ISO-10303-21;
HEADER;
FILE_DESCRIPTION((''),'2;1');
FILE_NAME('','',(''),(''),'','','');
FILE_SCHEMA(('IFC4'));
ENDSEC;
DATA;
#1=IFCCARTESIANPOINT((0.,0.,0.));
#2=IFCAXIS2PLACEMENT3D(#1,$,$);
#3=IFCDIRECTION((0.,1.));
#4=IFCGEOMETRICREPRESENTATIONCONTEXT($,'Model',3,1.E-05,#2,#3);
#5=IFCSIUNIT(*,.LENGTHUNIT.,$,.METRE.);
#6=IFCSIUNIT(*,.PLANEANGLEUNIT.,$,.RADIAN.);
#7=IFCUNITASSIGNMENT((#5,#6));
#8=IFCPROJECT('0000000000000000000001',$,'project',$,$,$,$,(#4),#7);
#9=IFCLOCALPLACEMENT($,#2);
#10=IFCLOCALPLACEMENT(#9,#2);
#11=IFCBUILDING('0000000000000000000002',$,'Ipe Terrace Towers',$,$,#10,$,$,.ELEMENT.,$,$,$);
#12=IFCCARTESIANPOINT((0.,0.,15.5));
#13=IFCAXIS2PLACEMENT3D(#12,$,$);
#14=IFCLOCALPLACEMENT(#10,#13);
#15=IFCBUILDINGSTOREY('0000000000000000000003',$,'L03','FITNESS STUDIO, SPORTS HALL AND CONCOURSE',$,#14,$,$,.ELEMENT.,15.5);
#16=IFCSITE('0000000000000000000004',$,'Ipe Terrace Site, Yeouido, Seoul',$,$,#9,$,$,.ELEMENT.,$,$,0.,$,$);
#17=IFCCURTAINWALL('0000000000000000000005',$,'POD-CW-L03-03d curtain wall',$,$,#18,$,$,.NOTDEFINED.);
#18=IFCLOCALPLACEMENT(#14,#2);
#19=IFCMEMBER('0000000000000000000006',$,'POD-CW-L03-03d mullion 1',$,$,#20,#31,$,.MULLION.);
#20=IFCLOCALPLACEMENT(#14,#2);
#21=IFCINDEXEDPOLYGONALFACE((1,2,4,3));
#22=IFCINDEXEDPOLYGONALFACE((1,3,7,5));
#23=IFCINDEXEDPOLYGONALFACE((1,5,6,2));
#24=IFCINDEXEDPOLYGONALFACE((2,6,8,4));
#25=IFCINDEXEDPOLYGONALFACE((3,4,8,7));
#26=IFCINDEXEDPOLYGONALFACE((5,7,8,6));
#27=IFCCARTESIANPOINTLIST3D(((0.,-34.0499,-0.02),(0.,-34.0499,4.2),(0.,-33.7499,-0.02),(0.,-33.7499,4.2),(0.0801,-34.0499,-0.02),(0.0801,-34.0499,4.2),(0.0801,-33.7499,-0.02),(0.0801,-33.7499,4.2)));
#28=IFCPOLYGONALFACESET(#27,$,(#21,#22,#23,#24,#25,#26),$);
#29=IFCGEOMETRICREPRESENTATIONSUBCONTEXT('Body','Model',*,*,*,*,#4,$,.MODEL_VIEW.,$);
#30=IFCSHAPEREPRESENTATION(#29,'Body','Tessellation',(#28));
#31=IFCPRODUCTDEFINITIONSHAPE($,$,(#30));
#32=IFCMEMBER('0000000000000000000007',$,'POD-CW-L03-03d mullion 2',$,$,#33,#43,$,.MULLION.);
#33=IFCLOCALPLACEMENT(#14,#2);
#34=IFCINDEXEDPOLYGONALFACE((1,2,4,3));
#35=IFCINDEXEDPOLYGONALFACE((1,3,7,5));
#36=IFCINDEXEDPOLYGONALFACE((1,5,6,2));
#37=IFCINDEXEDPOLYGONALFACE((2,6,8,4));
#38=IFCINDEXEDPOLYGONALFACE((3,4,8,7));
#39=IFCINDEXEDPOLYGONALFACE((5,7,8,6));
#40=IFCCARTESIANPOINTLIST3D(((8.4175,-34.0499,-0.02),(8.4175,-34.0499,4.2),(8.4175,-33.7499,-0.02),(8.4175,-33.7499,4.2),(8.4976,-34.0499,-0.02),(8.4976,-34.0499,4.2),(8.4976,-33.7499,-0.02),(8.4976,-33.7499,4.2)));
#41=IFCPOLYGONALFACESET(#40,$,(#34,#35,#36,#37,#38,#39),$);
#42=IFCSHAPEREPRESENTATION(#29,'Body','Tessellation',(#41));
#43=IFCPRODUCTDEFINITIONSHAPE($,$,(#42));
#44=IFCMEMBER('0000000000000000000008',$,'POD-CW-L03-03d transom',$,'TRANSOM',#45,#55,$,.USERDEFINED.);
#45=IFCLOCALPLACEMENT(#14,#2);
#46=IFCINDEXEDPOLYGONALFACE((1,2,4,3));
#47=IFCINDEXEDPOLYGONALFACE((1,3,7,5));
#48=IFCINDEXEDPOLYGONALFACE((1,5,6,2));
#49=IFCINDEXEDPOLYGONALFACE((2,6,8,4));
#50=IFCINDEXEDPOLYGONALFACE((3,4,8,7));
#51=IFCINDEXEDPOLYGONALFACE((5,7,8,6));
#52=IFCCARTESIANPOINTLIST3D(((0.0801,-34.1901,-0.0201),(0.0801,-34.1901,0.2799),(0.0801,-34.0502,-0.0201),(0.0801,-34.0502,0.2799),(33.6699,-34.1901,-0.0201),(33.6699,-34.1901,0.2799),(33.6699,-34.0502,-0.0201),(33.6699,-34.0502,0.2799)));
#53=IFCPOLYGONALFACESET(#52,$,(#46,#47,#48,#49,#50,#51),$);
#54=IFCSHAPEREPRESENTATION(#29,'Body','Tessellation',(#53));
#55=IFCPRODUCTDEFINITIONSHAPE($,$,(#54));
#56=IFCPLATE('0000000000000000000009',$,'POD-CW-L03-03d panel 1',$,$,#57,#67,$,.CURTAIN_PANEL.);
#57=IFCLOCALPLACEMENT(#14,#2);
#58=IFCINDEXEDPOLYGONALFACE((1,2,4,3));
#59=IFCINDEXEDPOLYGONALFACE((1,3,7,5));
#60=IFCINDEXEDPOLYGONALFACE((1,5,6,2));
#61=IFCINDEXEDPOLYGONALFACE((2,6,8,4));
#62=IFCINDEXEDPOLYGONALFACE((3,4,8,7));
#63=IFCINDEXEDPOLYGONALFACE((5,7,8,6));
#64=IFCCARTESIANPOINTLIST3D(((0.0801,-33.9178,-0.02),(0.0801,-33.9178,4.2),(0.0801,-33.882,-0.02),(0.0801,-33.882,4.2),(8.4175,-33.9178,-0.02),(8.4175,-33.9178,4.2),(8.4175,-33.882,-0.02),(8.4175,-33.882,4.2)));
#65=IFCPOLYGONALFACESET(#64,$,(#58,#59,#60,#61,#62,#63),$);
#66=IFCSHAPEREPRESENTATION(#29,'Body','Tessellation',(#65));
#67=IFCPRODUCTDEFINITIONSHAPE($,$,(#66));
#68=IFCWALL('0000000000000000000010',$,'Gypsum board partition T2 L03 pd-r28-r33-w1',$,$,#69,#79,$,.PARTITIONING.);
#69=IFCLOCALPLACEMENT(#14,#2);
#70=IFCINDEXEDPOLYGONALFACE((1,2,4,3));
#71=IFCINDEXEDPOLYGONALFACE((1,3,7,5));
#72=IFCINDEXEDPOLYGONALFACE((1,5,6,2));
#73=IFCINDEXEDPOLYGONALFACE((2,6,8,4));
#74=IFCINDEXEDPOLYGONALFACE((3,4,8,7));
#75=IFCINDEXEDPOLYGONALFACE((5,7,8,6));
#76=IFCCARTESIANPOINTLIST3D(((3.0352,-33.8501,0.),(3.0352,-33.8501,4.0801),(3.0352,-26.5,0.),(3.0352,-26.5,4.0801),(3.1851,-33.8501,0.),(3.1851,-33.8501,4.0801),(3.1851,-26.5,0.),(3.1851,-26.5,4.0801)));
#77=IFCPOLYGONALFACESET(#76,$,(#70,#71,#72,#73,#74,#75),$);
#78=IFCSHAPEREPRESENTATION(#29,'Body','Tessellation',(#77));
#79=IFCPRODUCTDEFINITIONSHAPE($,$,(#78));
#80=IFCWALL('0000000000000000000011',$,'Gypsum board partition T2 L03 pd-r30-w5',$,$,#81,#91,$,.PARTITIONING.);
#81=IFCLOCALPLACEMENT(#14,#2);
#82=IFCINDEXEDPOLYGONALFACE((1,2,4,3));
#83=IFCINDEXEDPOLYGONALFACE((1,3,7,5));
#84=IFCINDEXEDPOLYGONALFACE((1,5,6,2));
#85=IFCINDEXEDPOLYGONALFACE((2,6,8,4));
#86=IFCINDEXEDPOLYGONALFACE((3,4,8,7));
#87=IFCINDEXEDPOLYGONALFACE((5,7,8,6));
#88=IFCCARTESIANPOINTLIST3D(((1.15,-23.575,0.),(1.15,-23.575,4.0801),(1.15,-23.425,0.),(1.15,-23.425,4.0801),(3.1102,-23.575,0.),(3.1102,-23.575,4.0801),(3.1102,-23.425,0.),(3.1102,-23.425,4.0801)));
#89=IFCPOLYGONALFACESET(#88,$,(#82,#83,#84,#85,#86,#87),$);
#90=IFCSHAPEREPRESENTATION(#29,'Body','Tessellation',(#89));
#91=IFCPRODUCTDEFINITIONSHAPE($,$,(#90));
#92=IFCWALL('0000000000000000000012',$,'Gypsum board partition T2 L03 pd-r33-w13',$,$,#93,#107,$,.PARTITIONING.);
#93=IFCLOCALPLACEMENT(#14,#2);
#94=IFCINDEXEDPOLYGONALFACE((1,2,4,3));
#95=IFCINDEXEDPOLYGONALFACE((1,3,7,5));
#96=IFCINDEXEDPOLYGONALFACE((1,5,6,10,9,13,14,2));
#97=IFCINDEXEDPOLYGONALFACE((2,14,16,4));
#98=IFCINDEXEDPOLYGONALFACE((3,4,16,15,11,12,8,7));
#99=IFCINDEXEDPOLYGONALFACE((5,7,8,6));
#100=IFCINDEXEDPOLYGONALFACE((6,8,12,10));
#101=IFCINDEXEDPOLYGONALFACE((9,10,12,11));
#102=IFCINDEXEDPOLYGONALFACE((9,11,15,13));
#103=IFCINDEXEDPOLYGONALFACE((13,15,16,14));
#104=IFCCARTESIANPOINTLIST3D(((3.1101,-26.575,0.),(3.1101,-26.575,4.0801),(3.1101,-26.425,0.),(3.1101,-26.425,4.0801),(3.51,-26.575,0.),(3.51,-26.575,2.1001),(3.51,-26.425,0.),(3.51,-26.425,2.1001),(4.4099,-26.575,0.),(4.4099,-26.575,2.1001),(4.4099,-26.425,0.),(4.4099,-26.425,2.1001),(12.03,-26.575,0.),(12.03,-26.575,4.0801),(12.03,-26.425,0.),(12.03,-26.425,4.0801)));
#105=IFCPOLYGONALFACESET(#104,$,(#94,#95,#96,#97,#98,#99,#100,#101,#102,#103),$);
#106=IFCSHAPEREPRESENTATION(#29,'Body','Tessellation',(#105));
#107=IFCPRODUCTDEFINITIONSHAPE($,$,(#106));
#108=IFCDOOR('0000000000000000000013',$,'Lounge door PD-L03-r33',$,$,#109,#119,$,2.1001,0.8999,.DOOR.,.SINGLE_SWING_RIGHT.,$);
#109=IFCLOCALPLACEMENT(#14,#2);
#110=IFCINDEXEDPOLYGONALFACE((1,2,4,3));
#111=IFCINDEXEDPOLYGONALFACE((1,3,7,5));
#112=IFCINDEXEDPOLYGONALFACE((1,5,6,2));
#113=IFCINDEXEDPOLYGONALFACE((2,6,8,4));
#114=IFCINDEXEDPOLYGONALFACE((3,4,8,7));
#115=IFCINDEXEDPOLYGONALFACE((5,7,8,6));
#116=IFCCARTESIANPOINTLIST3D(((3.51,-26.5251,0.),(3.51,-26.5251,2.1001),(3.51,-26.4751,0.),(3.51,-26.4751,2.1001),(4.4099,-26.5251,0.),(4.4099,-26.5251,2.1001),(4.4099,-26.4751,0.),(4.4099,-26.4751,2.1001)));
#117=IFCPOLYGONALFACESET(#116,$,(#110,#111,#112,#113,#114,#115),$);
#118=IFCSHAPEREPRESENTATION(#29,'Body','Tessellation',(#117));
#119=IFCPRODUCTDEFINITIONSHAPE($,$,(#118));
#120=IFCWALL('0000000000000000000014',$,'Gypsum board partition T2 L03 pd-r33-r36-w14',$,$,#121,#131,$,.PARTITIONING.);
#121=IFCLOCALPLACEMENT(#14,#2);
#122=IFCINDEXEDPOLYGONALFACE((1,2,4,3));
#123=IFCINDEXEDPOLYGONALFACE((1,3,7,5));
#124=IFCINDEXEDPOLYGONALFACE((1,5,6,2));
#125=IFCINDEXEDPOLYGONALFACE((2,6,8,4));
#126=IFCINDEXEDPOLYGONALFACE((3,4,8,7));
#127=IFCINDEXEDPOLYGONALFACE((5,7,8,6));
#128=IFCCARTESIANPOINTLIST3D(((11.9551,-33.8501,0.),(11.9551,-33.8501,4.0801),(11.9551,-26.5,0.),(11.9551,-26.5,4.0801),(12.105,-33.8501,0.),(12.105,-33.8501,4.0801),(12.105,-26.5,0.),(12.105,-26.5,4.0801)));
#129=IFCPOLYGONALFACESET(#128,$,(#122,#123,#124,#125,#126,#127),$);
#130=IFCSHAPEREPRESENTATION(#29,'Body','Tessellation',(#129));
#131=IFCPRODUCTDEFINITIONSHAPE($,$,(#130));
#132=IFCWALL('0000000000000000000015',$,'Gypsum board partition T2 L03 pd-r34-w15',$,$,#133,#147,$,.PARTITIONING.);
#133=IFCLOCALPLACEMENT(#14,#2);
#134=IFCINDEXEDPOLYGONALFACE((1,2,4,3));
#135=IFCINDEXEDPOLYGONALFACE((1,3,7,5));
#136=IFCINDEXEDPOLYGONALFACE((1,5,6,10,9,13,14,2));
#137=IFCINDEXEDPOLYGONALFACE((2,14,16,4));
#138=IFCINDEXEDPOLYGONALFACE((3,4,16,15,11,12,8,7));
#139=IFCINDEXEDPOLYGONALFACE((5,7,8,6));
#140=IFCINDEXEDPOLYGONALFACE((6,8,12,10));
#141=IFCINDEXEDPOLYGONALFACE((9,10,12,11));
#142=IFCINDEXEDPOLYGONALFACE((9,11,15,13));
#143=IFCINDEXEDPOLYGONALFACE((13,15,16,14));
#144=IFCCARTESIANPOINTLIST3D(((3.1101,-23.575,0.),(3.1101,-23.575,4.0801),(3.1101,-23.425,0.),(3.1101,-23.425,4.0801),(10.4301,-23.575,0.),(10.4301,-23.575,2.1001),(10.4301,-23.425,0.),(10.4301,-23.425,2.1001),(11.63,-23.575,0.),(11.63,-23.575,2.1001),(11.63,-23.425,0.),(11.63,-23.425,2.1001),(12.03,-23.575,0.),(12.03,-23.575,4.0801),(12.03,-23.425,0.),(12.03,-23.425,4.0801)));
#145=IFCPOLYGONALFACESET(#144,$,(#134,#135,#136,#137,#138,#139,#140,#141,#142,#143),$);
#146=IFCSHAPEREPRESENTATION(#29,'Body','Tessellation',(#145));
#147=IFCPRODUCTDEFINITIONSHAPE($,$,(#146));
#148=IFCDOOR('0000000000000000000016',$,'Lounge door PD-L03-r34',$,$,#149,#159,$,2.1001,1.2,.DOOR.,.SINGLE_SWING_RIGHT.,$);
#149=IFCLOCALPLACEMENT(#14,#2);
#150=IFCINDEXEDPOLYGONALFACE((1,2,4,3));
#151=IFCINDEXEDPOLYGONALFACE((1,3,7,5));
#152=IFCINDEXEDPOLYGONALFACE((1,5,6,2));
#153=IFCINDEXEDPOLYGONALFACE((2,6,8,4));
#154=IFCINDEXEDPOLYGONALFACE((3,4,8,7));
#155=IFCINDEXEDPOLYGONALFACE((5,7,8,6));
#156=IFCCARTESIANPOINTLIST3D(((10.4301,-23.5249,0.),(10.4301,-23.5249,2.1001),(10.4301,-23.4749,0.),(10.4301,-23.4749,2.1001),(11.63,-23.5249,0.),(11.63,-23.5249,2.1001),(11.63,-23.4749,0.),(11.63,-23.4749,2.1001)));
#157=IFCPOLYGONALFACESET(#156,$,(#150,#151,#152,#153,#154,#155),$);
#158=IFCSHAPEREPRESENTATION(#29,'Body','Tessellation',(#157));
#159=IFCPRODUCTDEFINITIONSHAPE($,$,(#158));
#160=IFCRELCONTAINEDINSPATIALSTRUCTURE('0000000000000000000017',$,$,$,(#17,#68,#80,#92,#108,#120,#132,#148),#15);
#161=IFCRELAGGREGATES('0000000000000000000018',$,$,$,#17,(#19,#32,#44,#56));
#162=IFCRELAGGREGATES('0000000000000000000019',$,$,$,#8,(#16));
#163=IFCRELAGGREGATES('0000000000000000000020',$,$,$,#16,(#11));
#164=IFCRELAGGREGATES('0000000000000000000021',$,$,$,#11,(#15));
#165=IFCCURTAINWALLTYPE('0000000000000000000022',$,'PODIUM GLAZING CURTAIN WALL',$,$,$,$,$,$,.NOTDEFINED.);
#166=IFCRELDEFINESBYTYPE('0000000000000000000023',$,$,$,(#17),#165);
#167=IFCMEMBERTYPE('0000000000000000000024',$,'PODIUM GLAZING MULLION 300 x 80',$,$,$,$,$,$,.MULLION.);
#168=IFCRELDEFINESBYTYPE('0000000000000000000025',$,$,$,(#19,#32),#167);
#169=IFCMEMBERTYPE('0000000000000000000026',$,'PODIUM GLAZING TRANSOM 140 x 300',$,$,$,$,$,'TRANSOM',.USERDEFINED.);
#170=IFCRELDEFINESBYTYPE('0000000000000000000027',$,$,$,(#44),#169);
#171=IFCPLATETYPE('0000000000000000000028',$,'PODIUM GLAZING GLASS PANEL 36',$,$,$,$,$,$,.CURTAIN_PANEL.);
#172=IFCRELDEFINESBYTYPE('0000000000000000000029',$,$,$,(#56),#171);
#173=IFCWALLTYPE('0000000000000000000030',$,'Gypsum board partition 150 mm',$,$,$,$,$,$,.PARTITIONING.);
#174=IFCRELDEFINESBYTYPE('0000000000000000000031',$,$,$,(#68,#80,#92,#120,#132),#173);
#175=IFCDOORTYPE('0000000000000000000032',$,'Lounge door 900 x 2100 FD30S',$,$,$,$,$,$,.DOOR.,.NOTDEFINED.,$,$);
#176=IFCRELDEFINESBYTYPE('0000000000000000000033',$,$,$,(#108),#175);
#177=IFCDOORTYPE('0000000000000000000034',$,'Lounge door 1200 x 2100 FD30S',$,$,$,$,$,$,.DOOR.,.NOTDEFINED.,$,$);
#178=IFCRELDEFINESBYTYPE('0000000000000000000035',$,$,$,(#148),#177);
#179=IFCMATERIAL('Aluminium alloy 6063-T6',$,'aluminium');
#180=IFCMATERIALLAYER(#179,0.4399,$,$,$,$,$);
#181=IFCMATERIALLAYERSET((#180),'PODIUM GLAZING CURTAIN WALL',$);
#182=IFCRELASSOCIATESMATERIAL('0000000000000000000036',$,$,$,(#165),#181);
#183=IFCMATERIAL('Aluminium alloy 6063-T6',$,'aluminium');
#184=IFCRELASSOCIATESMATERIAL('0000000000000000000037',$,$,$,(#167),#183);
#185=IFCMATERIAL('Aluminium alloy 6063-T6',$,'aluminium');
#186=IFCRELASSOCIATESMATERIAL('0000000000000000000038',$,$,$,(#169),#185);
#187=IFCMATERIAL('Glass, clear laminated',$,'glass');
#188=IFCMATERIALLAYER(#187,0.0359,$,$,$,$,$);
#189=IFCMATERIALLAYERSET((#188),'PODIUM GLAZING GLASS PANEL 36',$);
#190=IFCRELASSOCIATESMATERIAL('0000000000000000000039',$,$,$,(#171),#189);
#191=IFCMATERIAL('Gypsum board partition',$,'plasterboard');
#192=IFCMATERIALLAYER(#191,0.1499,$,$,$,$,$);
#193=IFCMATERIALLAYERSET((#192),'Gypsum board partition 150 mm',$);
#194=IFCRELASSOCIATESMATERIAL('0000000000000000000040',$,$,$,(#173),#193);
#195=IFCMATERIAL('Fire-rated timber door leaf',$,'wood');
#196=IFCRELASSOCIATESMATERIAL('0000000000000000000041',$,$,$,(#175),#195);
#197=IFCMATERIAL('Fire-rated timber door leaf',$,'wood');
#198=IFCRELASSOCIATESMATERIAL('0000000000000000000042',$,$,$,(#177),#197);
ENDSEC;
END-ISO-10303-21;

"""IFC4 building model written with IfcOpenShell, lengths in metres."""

from ifc_helpers import new_model, si_unit, direction, frame, frame_2d, origin, origin_2d, place, context, subcontext, project, spatial, rectangle, extrude, material, layer, layer_set, material_profile, profile_set, type_object, element, fill, aggregate, save


model = new_model("IFC4")

# Units and contexts
model_context = context("Model", 3, precision=1e-05, world=origin(), true_north=direction((0.0, 1.0)))
body_context = subcontext(model_context, "Body", "Model", "MODEL_VIEW")
ifc_project = project(units=[si_unit("LENGTHUNIT", "METRE"), si_unit("PLANEANGLEUNIT", "RADIAN")], contexts=[model_context])

# Site, building, storey
site_placement = place(None, origin())
site = spatial("IfcSite", under=ifc_project, at=site_placement, Name="Ipe Terrace Site, Yeouido, Seoul", CompositionType="ELEMENT", RefElevation=0.0)
building_placement = place(site_placement, origin())
building = spatial("IfcBuilding", under=site, at=building_placement, Name="Ipe Terrace Towers", CompositionType="ELEMENT")
storey_placement = place(building_placement, frame((0.0, 0.0, 15.5)))
storey = spatial("IfcBuildingStorey", under=building, at=storey_placement, Name="L03", Description="FITNESS STUDIO, SPORTS HALL AND CONCOURSE", CompositionType="ELEMENT", Elevation=15.5)

# Curtain wall, members, plate
ifc_material_1 = material(Name="Aluminium alloy 6063-T6", Category="aluminium")
ifc_layer_1 = layer(ifc_material_1, 0.4399)
ifc_layer_set_1 = layer_set([ifc_layer_1], Name="PODIUM GLAZING CURTAIN WALL")
curtain_wall_type = type_object("IfcCurtainWallType", Name="PODIUM GLAZING CURTAIN WALL", PredefinedType="NOTDEFINED", material=ifc_layer_set_1)
curtain_wall_placement = place(storey_placement, origin())
curtain_wall = element("IfcCurtainWall", 1, at=curtain_wall_placement, inside=storey, type_object=curtain_wall_type, Name="POD-CW-L03-03d curtain wall", PredefinedType="NOTDEFINED")
ifc_material_2 = material(Name="Aluminium alloy 6063-T6", Category="aluminium")
ifc_material_profile_1 = material_profile(ifc_material_2, rectangle(XDim=0.3, YDim=0.0801, at=origin_2d()), Name="PODIUM GLAZING MULLION 300 x 80")
ifc_profile_set_1 = profile_set([ifc_material_profile_1], Name="Aluminium alloy 6063-T6")
member_type_1 = type_object("IfcMemberType", Name="PODIUM GLAZING MULLION 300 x 80", PredefinedType="MULLION", material=ifc_profile_set_1)
member_1_placement = place(storey_placement, frame((0.04, -33.8999, -0.02), z_axis=(0.0, 0.0, 1.0), x_axis=(0.0, -1.0, 0.0)))
member_1 = element("IfcMember", 2, at=member_1_placement, type_object=member_type_1, Name="POD-CW-L03-03d mullion 1", PredefinedType="MULLION", context=body_context, shape_type="SweptSolid", body=[
    extrude(rectangle(XDim=0.3, YDim=0.0801, at=origin_2d()), origin(), (0.0, 0.0, 1.0), 4.22),
])
member_2_placement = place(storey_placement, frame((8.4575, -33.8999, -0.02), z_axis=(0.0, 0.0, 1.0), x_axis=(0.0, -1.0, 0.0)))
member_2 = element("IfcMember", 3, at=member_2_placement, type_object=member_type_1, Name="POD-CW-L03-03d mullion 2", PredefinedType="MULLION", context=body_context, shape_type="SweptSolid", body=[
    extrude(rectangle(XDim=0.3, YDim=0.0801, at=origin_2d()), origin(), (0.0, 0.0, 1.0), 4.22),
])
ifc_material_3 = material(Name="Aluminium alloy 6063-T6", Category="aluminium")
ifc_material_profile_2 = material_profile(ifc_material_3, rectangle(XDim=0.1399, YDim=0.3, at=origin_2d()), Name="PODIUM GLAZING TRANSOM 140 x 300")
ifc_profile_set_2 = profile_set([ifc_material_profile_2], Name="Aluminium alloy 6063-T6")
member_type_2 = type_object("IfcMemberType", Name="PODIUM GLAZING TRANSOM 140 x 300", ElementType="TRANSOM", PredefinedType="USERDEFINED", material=ifc_profile_set_2)
member_3_placement = place(storey_placement, frame((0.0801, -34.1201, 0.1299), z_axis=(1.0, 0.0, 0.0), x_axis=(0.0, -1.0, 0.0)))
member_3 = element("IfcMember", 4, at=member_3_placement, type_object=member_type_2, Name="POD-CW-L03-03d transom", ObjectType="TRANSOM", PredefinedType="USERDEFINED", context=body_context, shape_type="SweptSolid", body=[
    extrude(rectangle(XDim=0.1399, YDim=0.3, at=origin_2d()), origin(), (0.0, 0.0, 1.0), 33.5898),
])
ifc_material_4 = material(Name="Glass, clear laminated", Category="glass")
ifc_layer_2 = layer(ifc_material_4, 0.0359)
ifc_layer_set_2 = layer_set([ifc_layer_2], Name="PODIUM GLAZING GLASS PANEL 36")
plate_type = type_object("IfcPlateType", Name="PODIUM GLAZING GLASS PANEL 36", PredefinedType="CURTAIN_PANEL", material=ifc_layer_set_2)
plate_placement = place(storey_placement, frame((4.2488, -33.8999, -0.02), z_axis=(0.0, 0.0, 1.0), x_axis=(1.0, 0.0, 0.0)))
plate = element("IfcPlate", 5, at=plate_placement, type_object=plate_type, Name="POD-CW-L03-03d panel 1", PredefinedType="CURTAIN_PANEL", context=body_context, shape_type="SweptSolid", body=[
    extrude(rectangle(XDim=8.3374, YDim=0.0359, at=origin_2d()), origin(), (0.0, 0.0, 1.0), 4.22),
])
aggregate(curtain_wall, [member_1, member_2, member_3, plate])

# Walls
ifc_material_5 = material(Name="Gypsum board partition", Category="plasterboard")
ifc_layer_3 = layer(ifc_material_5, 0.1499)
ifc_layer_set_3 = layer_set([ifc_layer_3], Name="Gypsum board partition 150 mm")
wall_type_1 = type_object("IfcWallType", Name="Gypsum board partition 150 mm", PredefinedType="PARTITIONING", material=ifc_layer_set_3)
wall_1_placement = place(storey_placement, frame((3.1101, -26.5, 0.0), z_axis=(0.0, 0.0, 1.0), x_axis=(0.0, -1.0, 0.0)))
element("IfcWall", 6, at=wall_1_placement, inside=storey, type_object=wall_type_1, Name="Gypsum board partition T2 L03 pd-r28-r33-w1", PredefinedType="PARTITIONING", context=body_context, shape_type="SweptSolid", body=[
    extrude(rectangle(XDim=7.3501, YDim=0.1499, at=frame_2d((3.675, 0.0))), origin(), (0.0, 0.0, 1.0), 4.0801),
])
wall_2_placement = place(storey_placement, frame((3.1101, -23.5, 0.0), z_axis=(0.0, 0.0, 1.0), x_axis=(-1.0, 0.0, 0.0)))
element("IfcWall", 7, at=wall_2_placement, inside=storey, type_object=wall_type_1, Name="Gypsum board partition T2 L03 pd-r30-w5", PredefinedType="PARTITIONING", context=body_context, shape_type="SweptSolid", body=[
    extrude(rectangle(XDim=1.9602, YDim=0.1499, at=frame_2d((0.98, 0.0))), origin(), (0.0, 0.0, 1.0), 4.0801),
])

# Wall, opening, door
wall_3_placement = place(storey_placement, frame((3.1101, -26.5, 0.0), z_axis=(0.0, 0.0, 1.0), x_axis=(1.0, 0.0, 0.0)))
wall_3 = element("IfcWall", 8, at=wall_3_placement, inside=storey, type_object=wall_type_1, Name="Gypsum board partition T2 L03 pd-r33-w13", PredefinedType="PARTITIONING", context=body_context, shape_type="SweptSolid", body=[
    extrude(rectangle(XDim=8.9199, YDim=0.1499, at=frame_2d((4.46, 0.0))), origin(), (0.0, 0.0, 1.0), 4.0801),
])
opening_1_placement = place(wall_3_placement, frame((0.3999, 0.0, 0.0)))
opening_1 = element("IfcOpeningElement", 9, at=opening_1_placement, cuts=wall_3, PredefinedType="OPENING", context=body_context, shape_type="SweptSolid", body=[
    extrude(rectangle(XDim=0.8999, YDim=2.1001, at=frame_2d((0.45, 1.05))), frame((0.0, 0.085, 0.0), z_axis=(0.0, -1.0, 0.0), x_axis=(1.0, 0.0, 0.0)), (0.0, 0.0, 1.0), 0.1699),
])
ifc_material_6 = material(Name="Fire-rated timber door leaf", Category="wood")
door_type_1 = type_object("IfcDoorType", Name="Lounge door 900 x 2100 FD30S", OperationType="NOTDEFINED", PredefinedType="DOOR", material=ifc_material_6)
door_1_placement = place(opening_1_placement, origin())
door_1 = element("IfcDoor", 10, at=door_1_placement, inside=storey, type_object=door_type_1, Name="Lounge door PD-L03-r33", OperationType="SINGLE_SWING_RIGHT", OverallHeight=2.1001, OverallWidth=0.8999, PredefinedType="DOOR", context=body_context, shape_type="SweptSolid", body=[
    extrude(rectangle(XDim=0.8999, YDim=2.1001, at=frame_2d((0.45, 1.05))), frame((0.0, 0.0249, 0.0), z_axis=(0.0, -1.0, 0.0), x_axis=(1.0, 0.0, 0.0)), (0.0, 0.0, 1.0), 0.05),
])
fill(opening_1, door_1)

# Wall
wall_4_placement = place(storey_placement, frame((12.03, -26.5, 0.0), z_axis=(0.0, 0.0, 1.0), x_axis=(0.0, -1.0, 0.0)))
element("IfcWall", 11, at=wall_4_placement, inside=storey, type_object=wall_type_1, Name="Gypsum board partition T2 L03 pd-r33-r36-w14", PredefinedType="PARTITIONING", context=body_context, shape_type="SweptSolid", body=[
    extrude(rectangle(XDim=7.3501, YDim=0.1499, at=frame_2d((3.675, 0.0))), origin(), (0.0, 0.0, 1.0), 4.0801),
])

# Wall, opening, door
wall_5_placement = place(storey_placement, frame((12.03, -23.5, 0.0), z_axis=(0.0, 0.0, 1.0), x_axis=(-1.0, 0.0, 0.0)))
wall_5 = element("IfcWall", 12, at=wall_5_placement, inside=storey, type_object=wall_type_1, Name="Gypsum board partition T2 L03 pd-r34-w15", PredefinedType="PARTITIONING", context=body_context, shape_type="SweptSolid", body=[
    extrude(rectangle(XDim=8.9199, YDim=0.1499, at=frame_2d((4.46, 0.0))), origin(), (0.0, 0.0, 1.0), 4.0801),
])
opening_2_placement = place(wall_5_placement, frame((0.3999, 0.0, 0.0)))
opening_2 = element("IfcOpeningElement", 13, at=opening_2_placement, cuts=wall_5, PredefinedType="OPENING", context=body_context, shape_type="SweptSolid", body=[
    extrude(rectangle(XDim=1.2, YDim=2.1001, at=frame_2d((0.6001, 1.05))), frame((0.0, 0.085, 0.0), z_axis=(0.0, -1.0, 0.0), x_axis=(1.0, 0.0, 0.0)), (0.0, 0.0, 1.0), 0.1699),
])
ifc_material_7 = material(Name="Fire-rated timber door leaf", Category="wood")
door_type_2 = type_object("IfcDoorType", Name="Lounge door 1200 x 2100 FD30S", OperationType="NOTDEFINED", PredefinedType="DOOR", material=ifc_material_7)
door_2_placement = place(opening_2_placement, origin())
door_2 = element("IfcDoor", 14, at=door_2_placement, inside=storey, type_object=door_type_2, Name="Lounge door PD-L03-r34", OperationType="SINGLE_SWING_RIGHT", OverallHeight=2.1001, OverallWidth=1.2, PredefinedType="DOOR", context=body_context, shape_type="SweptSolid", body=[
    extrude(rectangle(XDim=1.2, YDim=2.1001, at=frame_2d((0.6001, 1.05))), frame((0.0, 0.0249, 0.0), z_axis=(0.0, -1.0, 0.0), x_axis=(1.0, 0.0, 0.0)), (0.0, 0.0, 1.0), 0.05),
])
fill(opening_2, door_2)

save(model, "model.ifc")
